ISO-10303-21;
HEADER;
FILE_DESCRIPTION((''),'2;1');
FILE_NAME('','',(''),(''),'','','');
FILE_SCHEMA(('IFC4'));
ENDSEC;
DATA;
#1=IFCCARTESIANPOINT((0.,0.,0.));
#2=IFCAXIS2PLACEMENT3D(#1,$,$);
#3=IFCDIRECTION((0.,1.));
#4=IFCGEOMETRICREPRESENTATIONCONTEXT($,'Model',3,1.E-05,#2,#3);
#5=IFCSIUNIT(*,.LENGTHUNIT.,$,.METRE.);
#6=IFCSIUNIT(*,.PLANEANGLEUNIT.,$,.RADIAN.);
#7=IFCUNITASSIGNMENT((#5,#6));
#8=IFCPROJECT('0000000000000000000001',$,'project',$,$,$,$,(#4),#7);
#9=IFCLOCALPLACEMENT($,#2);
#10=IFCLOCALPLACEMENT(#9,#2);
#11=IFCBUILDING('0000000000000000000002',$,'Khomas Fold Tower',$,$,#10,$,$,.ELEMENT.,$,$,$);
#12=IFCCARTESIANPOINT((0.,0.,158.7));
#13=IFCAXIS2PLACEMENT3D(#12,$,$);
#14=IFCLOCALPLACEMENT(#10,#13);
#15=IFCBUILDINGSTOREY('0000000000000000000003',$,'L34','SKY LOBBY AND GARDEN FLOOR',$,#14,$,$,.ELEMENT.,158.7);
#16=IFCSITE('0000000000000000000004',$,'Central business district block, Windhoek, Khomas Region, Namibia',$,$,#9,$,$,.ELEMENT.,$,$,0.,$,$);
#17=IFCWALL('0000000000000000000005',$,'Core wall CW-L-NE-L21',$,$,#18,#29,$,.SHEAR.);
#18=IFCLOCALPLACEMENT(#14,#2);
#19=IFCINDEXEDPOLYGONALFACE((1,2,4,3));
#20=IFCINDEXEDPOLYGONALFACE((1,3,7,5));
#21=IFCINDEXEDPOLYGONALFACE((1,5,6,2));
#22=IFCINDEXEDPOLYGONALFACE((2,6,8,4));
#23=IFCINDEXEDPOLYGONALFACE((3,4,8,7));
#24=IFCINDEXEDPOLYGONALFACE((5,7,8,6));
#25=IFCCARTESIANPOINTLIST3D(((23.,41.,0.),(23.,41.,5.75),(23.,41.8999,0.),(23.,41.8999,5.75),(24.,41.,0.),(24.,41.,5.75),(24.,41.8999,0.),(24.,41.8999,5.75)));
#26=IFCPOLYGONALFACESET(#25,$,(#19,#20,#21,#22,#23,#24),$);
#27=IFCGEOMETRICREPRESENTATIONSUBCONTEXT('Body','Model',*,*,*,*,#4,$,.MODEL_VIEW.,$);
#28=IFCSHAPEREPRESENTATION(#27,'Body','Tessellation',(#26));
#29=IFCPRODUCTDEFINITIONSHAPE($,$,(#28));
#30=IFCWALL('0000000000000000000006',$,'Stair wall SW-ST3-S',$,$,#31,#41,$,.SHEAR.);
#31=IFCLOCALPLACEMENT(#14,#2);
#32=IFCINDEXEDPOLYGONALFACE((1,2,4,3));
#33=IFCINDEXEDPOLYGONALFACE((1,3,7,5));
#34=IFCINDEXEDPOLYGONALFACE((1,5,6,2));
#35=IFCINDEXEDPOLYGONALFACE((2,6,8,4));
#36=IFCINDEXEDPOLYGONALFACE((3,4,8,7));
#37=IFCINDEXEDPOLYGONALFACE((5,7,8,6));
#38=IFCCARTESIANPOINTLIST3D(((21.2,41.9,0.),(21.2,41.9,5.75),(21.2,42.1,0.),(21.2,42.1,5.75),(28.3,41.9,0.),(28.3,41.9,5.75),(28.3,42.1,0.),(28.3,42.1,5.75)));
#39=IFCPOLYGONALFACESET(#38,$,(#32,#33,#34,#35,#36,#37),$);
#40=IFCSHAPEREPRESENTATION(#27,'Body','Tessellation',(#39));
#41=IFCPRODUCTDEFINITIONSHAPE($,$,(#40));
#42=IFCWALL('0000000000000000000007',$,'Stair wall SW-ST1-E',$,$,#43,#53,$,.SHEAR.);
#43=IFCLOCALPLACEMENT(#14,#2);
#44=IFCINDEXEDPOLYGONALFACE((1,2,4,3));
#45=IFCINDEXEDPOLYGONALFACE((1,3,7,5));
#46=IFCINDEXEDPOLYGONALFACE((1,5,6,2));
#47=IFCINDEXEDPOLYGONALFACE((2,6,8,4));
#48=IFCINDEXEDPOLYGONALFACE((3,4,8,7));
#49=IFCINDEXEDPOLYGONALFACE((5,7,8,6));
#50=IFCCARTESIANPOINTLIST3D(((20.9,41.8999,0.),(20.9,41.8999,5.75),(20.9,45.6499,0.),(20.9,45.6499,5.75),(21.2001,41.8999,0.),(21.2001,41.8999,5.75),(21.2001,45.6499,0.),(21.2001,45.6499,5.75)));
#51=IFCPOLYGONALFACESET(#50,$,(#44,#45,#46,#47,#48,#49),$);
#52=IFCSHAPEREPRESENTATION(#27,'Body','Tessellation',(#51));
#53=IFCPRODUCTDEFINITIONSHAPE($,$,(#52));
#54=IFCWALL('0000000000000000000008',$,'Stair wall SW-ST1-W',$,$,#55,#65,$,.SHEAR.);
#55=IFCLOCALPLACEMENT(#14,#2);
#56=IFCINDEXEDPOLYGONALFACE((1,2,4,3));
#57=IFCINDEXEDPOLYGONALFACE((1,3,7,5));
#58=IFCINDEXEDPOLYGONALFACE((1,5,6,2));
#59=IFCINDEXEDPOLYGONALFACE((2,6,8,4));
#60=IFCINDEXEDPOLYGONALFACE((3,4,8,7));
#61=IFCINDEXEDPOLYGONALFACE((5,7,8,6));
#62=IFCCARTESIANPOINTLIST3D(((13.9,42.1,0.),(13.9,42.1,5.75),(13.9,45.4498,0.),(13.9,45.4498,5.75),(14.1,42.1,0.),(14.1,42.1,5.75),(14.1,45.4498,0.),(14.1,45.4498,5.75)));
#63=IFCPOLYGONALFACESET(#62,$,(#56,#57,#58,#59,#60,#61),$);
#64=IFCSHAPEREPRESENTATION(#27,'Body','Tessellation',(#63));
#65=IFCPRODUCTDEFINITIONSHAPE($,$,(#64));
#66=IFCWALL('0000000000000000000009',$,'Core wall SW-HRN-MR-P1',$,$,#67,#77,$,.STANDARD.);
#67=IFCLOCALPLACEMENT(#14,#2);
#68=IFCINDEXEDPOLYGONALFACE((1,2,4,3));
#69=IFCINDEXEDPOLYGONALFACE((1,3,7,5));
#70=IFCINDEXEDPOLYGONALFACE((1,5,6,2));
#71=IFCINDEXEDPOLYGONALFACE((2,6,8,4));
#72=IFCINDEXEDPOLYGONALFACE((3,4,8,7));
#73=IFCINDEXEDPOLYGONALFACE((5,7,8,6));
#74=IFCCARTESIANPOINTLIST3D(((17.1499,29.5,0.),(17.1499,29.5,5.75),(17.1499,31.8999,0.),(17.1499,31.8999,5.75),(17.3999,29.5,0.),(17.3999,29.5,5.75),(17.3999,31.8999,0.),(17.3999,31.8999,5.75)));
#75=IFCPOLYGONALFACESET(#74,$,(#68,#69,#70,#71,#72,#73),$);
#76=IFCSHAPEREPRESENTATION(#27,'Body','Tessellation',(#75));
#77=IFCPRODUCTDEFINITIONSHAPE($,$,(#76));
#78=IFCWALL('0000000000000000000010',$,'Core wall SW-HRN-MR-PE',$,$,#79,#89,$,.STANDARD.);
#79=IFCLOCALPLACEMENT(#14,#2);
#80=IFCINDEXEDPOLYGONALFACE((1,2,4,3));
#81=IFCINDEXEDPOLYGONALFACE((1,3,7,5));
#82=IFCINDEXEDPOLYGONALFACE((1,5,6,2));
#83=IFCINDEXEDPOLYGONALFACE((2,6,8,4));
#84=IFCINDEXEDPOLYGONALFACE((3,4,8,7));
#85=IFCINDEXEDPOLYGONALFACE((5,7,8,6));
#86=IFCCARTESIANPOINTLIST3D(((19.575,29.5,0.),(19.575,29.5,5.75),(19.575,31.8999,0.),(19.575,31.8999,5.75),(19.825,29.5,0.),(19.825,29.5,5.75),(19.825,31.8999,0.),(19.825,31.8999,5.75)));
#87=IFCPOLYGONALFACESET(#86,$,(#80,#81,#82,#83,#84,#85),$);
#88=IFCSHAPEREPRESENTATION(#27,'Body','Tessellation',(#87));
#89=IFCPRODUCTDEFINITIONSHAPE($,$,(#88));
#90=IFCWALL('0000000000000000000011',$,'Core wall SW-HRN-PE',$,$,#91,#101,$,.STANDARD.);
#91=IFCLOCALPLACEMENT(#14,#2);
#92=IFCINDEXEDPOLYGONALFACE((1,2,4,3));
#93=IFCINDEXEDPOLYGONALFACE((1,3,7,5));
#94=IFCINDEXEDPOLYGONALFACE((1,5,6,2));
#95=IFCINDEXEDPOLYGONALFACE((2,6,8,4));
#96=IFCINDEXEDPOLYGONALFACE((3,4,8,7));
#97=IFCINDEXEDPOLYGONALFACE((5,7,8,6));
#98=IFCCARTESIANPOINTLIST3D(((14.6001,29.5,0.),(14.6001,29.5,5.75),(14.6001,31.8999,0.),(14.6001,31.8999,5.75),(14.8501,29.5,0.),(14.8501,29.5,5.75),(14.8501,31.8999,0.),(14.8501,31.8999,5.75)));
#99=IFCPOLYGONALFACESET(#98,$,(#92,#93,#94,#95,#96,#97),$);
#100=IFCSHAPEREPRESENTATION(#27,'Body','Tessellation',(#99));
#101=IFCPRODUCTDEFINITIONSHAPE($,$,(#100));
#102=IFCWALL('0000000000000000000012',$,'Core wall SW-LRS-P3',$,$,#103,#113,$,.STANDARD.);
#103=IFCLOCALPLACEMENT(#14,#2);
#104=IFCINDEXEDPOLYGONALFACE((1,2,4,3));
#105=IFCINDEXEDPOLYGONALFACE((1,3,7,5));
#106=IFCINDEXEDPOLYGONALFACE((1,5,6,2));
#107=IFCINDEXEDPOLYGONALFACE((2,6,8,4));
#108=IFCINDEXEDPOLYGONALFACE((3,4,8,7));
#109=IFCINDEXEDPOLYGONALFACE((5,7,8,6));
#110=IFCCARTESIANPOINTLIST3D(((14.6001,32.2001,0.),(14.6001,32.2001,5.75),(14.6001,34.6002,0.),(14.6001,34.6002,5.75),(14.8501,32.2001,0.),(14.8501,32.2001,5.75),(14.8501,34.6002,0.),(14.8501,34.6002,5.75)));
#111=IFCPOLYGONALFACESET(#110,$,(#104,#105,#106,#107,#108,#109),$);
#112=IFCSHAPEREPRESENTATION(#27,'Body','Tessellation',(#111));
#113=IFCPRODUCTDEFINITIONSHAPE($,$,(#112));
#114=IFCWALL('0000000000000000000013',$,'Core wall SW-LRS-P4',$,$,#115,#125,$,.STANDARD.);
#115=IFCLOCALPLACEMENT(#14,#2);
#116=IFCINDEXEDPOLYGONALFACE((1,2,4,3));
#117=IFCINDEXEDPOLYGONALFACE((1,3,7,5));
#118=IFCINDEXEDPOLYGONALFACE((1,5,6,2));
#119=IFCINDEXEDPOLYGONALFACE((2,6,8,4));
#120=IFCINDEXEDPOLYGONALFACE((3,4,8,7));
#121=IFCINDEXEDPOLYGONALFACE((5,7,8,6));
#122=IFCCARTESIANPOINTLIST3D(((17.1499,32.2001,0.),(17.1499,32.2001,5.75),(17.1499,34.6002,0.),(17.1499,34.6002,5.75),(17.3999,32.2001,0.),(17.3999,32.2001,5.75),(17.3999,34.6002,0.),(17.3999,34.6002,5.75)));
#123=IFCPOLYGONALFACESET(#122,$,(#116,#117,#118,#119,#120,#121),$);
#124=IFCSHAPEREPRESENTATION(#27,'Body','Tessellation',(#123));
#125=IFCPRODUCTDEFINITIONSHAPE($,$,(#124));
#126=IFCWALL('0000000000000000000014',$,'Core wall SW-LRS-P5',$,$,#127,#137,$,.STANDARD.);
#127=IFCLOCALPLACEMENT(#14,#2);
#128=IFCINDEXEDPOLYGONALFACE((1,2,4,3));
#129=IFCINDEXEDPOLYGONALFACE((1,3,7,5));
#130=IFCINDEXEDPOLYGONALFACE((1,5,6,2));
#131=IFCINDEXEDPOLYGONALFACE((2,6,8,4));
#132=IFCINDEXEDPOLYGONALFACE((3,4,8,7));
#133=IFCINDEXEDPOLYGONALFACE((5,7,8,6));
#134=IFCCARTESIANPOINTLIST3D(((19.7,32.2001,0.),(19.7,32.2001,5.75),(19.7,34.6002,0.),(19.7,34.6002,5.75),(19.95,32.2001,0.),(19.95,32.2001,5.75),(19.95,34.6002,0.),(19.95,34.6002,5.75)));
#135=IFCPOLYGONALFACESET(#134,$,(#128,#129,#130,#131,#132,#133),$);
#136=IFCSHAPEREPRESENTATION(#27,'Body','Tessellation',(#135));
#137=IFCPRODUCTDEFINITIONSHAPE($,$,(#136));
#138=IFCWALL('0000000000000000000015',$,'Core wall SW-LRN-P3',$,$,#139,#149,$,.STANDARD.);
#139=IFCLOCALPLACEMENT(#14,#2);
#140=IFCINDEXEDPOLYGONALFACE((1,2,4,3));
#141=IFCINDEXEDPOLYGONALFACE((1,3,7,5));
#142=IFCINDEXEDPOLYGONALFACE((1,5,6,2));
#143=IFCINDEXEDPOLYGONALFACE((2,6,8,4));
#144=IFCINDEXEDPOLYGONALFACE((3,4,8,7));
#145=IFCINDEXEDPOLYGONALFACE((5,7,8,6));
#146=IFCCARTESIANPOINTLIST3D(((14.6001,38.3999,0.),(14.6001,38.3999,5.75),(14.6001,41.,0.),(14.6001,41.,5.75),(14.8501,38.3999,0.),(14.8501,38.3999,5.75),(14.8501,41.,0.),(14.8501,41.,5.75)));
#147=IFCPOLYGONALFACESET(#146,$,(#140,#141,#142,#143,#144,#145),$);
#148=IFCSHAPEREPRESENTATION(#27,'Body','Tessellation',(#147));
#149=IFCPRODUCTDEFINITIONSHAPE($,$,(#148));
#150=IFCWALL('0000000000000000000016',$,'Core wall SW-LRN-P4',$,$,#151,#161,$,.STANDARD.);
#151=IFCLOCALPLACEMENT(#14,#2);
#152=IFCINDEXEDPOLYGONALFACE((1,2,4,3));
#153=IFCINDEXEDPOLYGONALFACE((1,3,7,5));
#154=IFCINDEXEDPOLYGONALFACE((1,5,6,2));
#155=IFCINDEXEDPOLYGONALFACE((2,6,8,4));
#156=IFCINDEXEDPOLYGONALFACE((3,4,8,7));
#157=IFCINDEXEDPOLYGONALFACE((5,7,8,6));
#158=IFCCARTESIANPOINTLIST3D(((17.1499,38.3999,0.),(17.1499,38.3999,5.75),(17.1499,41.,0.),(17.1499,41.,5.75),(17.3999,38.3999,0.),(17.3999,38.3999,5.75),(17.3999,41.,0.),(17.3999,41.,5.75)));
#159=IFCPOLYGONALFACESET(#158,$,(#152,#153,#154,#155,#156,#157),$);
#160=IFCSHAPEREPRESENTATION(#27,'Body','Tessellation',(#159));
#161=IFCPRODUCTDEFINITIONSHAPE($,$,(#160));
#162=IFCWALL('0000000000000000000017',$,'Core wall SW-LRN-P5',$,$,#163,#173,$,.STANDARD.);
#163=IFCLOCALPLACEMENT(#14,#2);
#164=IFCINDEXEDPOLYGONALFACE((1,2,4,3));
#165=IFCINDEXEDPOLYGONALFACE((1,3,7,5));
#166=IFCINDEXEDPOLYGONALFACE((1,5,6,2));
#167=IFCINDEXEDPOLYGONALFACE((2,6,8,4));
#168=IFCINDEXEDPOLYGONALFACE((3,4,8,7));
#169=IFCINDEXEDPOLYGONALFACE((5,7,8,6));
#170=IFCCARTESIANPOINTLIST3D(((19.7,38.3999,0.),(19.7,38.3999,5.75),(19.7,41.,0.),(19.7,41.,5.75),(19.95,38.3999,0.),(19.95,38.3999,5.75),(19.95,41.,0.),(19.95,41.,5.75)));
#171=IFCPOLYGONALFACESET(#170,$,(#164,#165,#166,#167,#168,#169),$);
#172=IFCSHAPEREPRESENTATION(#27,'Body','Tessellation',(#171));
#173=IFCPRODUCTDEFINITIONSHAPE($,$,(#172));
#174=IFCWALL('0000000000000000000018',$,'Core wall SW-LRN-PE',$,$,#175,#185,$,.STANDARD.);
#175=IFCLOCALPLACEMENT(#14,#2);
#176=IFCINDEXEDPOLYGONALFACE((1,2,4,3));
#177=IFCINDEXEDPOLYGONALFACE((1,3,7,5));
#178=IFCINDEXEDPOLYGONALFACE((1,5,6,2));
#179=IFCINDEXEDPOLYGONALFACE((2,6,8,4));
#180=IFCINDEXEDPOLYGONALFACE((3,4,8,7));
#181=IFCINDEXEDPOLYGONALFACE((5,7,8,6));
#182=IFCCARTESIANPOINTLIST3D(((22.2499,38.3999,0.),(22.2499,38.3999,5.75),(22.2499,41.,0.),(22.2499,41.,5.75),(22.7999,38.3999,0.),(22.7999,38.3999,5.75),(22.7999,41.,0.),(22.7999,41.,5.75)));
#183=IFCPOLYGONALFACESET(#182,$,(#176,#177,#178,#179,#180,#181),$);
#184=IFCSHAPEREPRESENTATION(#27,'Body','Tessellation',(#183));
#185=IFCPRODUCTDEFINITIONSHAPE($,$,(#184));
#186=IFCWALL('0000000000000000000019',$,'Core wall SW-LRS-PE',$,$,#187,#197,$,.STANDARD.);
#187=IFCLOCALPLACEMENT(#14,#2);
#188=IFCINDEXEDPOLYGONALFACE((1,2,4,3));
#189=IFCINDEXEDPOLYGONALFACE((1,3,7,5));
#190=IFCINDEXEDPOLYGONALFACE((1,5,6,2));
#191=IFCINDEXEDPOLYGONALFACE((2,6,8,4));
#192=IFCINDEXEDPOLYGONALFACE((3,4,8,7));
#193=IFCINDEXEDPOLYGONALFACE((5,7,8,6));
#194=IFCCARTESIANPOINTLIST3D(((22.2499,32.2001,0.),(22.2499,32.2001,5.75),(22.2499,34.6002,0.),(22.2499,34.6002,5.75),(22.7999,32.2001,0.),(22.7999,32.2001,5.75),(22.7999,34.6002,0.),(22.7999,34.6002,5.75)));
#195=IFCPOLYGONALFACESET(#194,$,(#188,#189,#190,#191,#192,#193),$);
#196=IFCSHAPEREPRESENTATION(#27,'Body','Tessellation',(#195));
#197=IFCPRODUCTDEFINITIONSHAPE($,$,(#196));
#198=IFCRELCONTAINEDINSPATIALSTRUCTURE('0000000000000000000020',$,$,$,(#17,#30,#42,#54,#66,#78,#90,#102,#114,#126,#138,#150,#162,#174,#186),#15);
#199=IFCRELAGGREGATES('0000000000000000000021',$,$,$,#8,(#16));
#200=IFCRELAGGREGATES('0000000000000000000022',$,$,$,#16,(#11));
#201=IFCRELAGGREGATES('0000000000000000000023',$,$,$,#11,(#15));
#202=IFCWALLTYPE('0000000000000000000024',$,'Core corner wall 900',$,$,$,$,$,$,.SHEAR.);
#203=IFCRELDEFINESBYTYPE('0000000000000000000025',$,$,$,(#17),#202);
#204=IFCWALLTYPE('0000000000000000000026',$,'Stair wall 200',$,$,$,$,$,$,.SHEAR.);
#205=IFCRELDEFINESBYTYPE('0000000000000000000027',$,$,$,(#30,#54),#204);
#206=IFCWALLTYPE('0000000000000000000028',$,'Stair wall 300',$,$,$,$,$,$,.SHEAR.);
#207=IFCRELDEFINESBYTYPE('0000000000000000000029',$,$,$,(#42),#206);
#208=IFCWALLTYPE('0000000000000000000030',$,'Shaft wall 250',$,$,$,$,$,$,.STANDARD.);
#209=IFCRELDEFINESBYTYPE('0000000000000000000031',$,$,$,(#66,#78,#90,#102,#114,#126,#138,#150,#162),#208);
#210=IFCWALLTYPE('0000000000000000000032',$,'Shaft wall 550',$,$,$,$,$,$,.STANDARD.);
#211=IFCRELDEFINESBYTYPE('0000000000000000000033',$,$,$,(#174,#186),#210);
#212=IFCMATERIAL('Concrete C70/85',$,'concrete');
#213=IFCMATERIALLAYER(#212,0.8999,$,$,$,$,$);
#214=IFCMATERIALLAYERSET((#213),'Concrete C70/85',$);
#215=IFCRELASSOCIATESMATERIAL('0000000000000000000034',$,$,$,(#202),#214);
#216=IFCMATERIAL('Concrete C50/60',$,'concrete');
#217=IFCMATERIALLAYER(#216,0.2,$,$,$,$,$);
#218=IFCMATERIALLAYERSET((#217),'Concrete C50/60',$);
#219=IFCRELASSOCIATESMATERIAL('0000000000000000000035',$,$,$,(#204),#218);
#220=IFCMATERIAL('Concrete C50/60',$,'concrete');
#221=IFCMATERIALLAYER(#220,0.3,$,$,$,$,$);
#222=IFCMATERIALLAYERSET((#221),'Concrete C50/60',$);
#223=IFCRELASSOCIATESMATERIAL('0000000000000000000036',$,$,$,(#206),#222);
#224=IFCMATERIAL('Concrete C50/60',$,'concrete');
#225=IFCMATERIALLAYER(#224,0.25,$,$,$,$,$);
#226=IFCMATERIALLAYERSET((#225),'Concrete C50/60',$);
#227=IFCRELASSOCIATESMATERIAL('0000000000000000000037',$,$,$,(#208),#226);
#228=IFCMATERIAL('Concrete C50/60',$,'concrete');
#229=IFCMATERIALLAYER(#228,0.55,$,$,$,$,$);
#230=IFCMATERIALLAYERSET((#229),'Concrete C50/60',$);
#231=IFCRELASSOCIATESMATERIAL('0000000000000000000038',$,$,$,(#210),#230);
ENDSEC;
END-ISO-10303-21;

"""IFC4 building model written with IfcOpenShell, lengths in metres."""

from ifc_helpers import new_model, si_unit, direction, frame, frame_2d, origin, place, context, subcontext, project, spatial, rectangle, extrude, source, transform, mapped, material, layer, layer_set, type_object, element, save


model = new_model("IFC4")

# Units and contexts
model_context = context("Model", 3, precision=1e-05, world=origin(), true_north=direction((0.0, 1.0)))
body_context = subcontext(model_context, "Body", "Model", "MODEL_VIEW")
ifc_project = project(units=[si_unit("LENGTHUNIT", "METRE"), si_unit("PLANEANGLEUNIT", "RADIAN")], contexts=[model_context])

# Site, building, storey
site_placement = place(None, origin())
site = spatial("IfcSite", under=ifc_project, at=site_placement, Name="Central business district block, Windhoek, Khomas Region, Namibia", CompositionType="ELEMENT", RefElevation=0.0)
building_placement = place(site_placement, origin())
building = spatial("IfcBuilding", under=site, at=building_placement, Name="Khomas Fold Tower", CompositionType="ELEMENT")
storey_placement = place(building_placement, frame((0.0, 0.0, 158.7)))
storey = spatial("IfcBuildingStorey", under=building, at=storey_placement, Name="L34", Description="SKY LOBBY AND GARDEN FLOOR", CompositionType="ELEMENT", Elevation=158.7)

# Walls
ifc_material_1 = material(Name="Concrete C70/85", Category="concrete")
ifc_layer_1 = layer(ifc_material_1, 0.8999)
ifc_layer_set_1 = layer_set([ifc_layer_1], Name="Concrete C70/85")
wall_type_1 = type_object("IfcWallType", Name="Core corner wall 900", PredefinedType="SHEAR", material=ifc_layer_set_1)
shared_shape_1 = source(origin(), body_context, "Body", "SweptSolid", [
    extrude(rectangle(XDim=1.0, YDim=0.8999, at=frame_2d((0.5, 0.0))), origin(), (0.0, 0.0, 1.0), 5.75),
])
wall_1_placement = place(storey_placement, frame((23.0, 41.45, 0.0), z_axis=(0.0, 0.0, 1.0), x_axis=(1.0, 0.0, 0.0)))
element("IfcWall", 1, at=wall_1_placement, inside=storey, type_object=wall_type_1, Name="Core wall CW-L-NE-L21", PredefinedType="SHEAR", context=body_context, shape_type="MappedRepresentation", body=[
    mapped(shared_shape_1, transform((0.0, 0.0, 0.0))),
])
ifc_material_2 = material(Name="Concrete C50/60", Category="concrete")
ifc_layer_2 = layer(ifc_material_2, 0.2)
ifc_layer_set_2 = layer_set([ifc_layer_2], Name="Concrete C50/60")
wall_type_2 = type_object("IfcWallType", Name="Stair wall 200", PredefinedType="SHEAR", material=ifc_layer_set_2)
shared_shape_2 = source(origin(), body_context, "Body", "SweptSolid", [
    extrude(rectangle(XDim=7.1001, YDim=0.2, at=frame_2d((3.55, 0.0))), origin(), (0.0, 0.0, 1.0), 5.75),
])
wall_2_placement = place(storey_placement, frame((21.2, 42.0, 0.0), z_axis=(0.0, 0.0, 1.0), x_axis=(1.0, 0.0, 0.0)))
element("IfcWall", 2, at=wall_2_placement, inside=storey, type_object=wall_type_2, Name="Stair wall SW-ST3-S", PredefinedType="SHEAR", context=body_context, shape_type="MappedRepresentation", body=[
    mapped(shared_shape_2, transform((0.0, 0.0, 0.0))),
])
ifc_material_3 = material(Name="Concrete C50/60", Category="concrete")
ifc_layer_3 = layer(ifc_material_3, 0.3)
ifc_layer_set_3 = layer_set([ifc_layer_3], Name="Concrete C50/60")
wall_type_3 = type_object("IfcWallType", Name="Stair wall 300", PredefinedType="SHEAR", material=ifc_layer_set_3)
shared_shape_3 = source(origin(), body_context, "Body", "SweptSolid", [
    extrude(rectangle(XDim=3.75, YDim=0.3, at=frame_2d((1.875, 0.0))), origin(), (0.0, 0.0, 1.0), 5.75),
])
wall_3_placement = place(storey_placement, frame((21.05, 41.8999, 0.0), z_axis=(0.0, 0.0, 1.0), x_axis=(0.0, 1.0, 0.0)))
element("IfcWall", 3, at=wall_3_placement, inside=storey, type_object=wall_type_3, Name="Stair wall SW-ST1-E", PredefinedType="SHEAR", context=body_context, shape_type="MappedRepresentation", body=[
    mapped(shared_shape_3, transform((0.0, 0.0, 0.0))),
])
shared_shape_4 = source(origin(), body_context, "Body", "SweptSolid", [
    extrude(rectangle(XDim=3.3499, YDim=0.2, at=frame_2d((1.6748, 0.0))), origin(), (0.0, 0.0, 1.0), 5.75),
])
wall_4_placement = place(storey_placement, frame((14.0, 42.1001, 0.0), z_axis=(0.0, 0.0, 1.0), x_axis=(0.0, 1.0, 0.0)))
element("IfcWall", 4, at=wall_4_placement, inside=storey, type_object=wall_type_2, Name="Stair wall SW-ST1-W", PredefinedType="SHEAR", context=body_context, shape_type="MappedRepresentation", body=[
    mapped(shared_shape_4, transform((0.0, 0.0, 0.0))),
])
ifc_material_4 = material(Name="Concrete C50/60", Category="concrete")
ifc_layer_4 = layer(ifc_material_4, 0.25)
ifc_layer_set_4 = layer_set([ifc_layer_4], Name="Concrete C50/60")
wall_type_4 = type_object("IfcWallType", Name="Shaft wall 250", PredefinedType="STANDARD", material=ifc_layer_set_4)
shared_shape_5 = source(origin(), body_context, "Body", "SweptSolid", [
    extrude(rectangle(XDim=2.3999, YDim=0.25, at=frame_2d((1.2, 0.0))), origin(), (0.0, 0.0, 1.0), 5.75),
])
for number, where, z_axis, x_axis, name in (
    (5, (17.2749, 29.5, 0.0), (0.0, 0.0, 1.0), (0.0, 1.0, 0.0), "Core wall SW-HRN-MR-P1"),
    (6, (19.7, 29.5, 0.0), (0.0, 0.0, 1.0), (0.0, 1.0, 0.0), "Core wall SW-HRN-MR-PE"),
    (7, (14.7251, 29.5, 0.0), (0.0, 0.0, 1.0), (0.0, 1.0, 0.0), "Core wall SW-HRN-PE"),
):
    element("IfcWall", number, at=place(storey_placement, frame(where, z_axis=z_axis, x_axis=x_axis)), inside=storey, type_object=wall_type_4, Name=name, PredefinedType="STANDARD", context=body_context, shape_type="MappedRepresentation", body=[
        mapped(shared_shape_5, transform((0.0, 0.0, 0.0))),
    ])
shared_shape_6 = source(origin(), body_context, "Body", "SweptSolid", [
    extrude(rectangle(XDim=2.4001, YDim=0.25, at=frame_2d((1.2002, 0.0))), origin(), (0.0, 0.0, 1.0), 5.75),
])
for number, where, z_axis, x_axis, name in (
    (8, (14.7251, 32.2, 0.0), (0.0, 0.0, 1.0), (0.0, 1.0, 0.0), "Core wall SW-LRS-P3"),
    (9, (17.2749, 32.2, 0.0), (0.0, 0.0, 1.0), (0.0, 1.0, 0.0), "Core wall SW-LRS-P4"),
    (10, (19.825, 32.2, 0.0), (0.0, 0.0, 1.0), (0.0, 1.0, 0.0), "Core wall SW-LRS-P5"),
):
    element("IfcWall", number, at=place(storey_placement, frame(where, z_axis=z_axis, x_axis=x_axis)), inside=storey, type_object=wall_type_4, Name=name, PredefinedType="STANDARD", context=body_context, shape_type="MappedRepresentation", body=[
        mapped(shared_shape_6, transform((0.0, 0.0, 0.0))),
    ])
shared_shape_7 = source(origin(), body_context, "Body", "SweptSolid", [
    extrude(rectangle(XDim=2.6001, YDim=0.25, at=frame_2d((1.3, 0.0))), origin(), (0.0, 0.0, 1.0), 5.75),
])
for number, where, z_axis, x_axis, name in (
    (11, (14.7251, 38.3999, 0.0), (0.0, 0.0, 1.0), (0.0, 1.0, 0.0), "Core wall SW-LRN-P3"),
    (12, (17.2749, 38.3999, 0.0), (0.0, 0.0, 1.0), (0.0, 1.0, 0.0), "Core wall SW-LRN-P4"),
    (13, (19.825, 38.3999, 0.0), (0.0, 0.0, 1.0), (0.0, 1.0, 0.0), "Core wall SW-LRN-P5"),
):
    element("IfcWall", number, at=place(storey_placement, frame(where, z_axis=z_axis, x_axis=x_axis)), inside=storey, type_object=wall_type_4, Name=name, PredefinedType="STANDARD", context=body_context, shape_type="MappedRepresentation", body=[
        mapped(shared_shape_7, transform((0.0, 0.0, 0.0))),
    ])
ifc_material_5 = material(Name="Concrete C50/60", Category="concrete")
ifc_layer_5 = layer(ifc_material_5, 0.55)
ifc_layer_set_5 = layer_set([ifc_layer_5], Name="Concrete C50/60")
wall_type_5 = type_object("IfcWallType", Name="Shaft wall 550", PredefinedType="STANDARD", material=ifc_layer_set_5)
shared_shape_8 = source(origin(), body_context, "Body", "SweptSolid", [
    extrude(rectangle(XDim=2.6001, YDim=0.55, at=frame_2d((1.3, 0.0))), origin(), (0.0, 0.0, 1.0), 5.75),
])
wall_5_placement = place(storey_placement, frame((22.5249, 38.3999, 0.0), z_axis=(0.0, 0.0, 1.0), x_axis=(0.0, 1.0, 0.0)))
element("IfcWall", 14, at=wall_5_placement, inside=storey, type_object=wall_type_5, Name="Core wall SW-LRN-PE", PredefinedType="STANDARD", context=body_context, shape_type="MappedRepresentation", body=[
    mapped(shared_shape_8, transform((0.0, 0.0, 0.0))),
])
shared_shape_9 = source(origin(), body_context, "Body", "SweptSolid", [
    extrude(rectangle(XDim=2.4001, YDim=0.55, at=frame_2d((1.2002, 0.0))), origin(), (0.0, 0.0, 1.0), 5.75),
])
wall_6_placement = place(storey_placement, frame((22.5249, 32.2, 0.0), z_axis=(0.0, 0.0, 1.0), x_axis=(0.0, 1.0, 0.0)))
element("IfcWall", 15, at=wall_6_placement, inside=storey, type_object=wall_type_5, Name="Core wall SW-LRS-PE", PredefinedType="STANDARD", context=body_context, shape_type="MappedRepresentation", body=[
    mapped(shared_shape_9, transform((0.0, 0.0, 0.0))),
])

save(model, "model.ifc")
